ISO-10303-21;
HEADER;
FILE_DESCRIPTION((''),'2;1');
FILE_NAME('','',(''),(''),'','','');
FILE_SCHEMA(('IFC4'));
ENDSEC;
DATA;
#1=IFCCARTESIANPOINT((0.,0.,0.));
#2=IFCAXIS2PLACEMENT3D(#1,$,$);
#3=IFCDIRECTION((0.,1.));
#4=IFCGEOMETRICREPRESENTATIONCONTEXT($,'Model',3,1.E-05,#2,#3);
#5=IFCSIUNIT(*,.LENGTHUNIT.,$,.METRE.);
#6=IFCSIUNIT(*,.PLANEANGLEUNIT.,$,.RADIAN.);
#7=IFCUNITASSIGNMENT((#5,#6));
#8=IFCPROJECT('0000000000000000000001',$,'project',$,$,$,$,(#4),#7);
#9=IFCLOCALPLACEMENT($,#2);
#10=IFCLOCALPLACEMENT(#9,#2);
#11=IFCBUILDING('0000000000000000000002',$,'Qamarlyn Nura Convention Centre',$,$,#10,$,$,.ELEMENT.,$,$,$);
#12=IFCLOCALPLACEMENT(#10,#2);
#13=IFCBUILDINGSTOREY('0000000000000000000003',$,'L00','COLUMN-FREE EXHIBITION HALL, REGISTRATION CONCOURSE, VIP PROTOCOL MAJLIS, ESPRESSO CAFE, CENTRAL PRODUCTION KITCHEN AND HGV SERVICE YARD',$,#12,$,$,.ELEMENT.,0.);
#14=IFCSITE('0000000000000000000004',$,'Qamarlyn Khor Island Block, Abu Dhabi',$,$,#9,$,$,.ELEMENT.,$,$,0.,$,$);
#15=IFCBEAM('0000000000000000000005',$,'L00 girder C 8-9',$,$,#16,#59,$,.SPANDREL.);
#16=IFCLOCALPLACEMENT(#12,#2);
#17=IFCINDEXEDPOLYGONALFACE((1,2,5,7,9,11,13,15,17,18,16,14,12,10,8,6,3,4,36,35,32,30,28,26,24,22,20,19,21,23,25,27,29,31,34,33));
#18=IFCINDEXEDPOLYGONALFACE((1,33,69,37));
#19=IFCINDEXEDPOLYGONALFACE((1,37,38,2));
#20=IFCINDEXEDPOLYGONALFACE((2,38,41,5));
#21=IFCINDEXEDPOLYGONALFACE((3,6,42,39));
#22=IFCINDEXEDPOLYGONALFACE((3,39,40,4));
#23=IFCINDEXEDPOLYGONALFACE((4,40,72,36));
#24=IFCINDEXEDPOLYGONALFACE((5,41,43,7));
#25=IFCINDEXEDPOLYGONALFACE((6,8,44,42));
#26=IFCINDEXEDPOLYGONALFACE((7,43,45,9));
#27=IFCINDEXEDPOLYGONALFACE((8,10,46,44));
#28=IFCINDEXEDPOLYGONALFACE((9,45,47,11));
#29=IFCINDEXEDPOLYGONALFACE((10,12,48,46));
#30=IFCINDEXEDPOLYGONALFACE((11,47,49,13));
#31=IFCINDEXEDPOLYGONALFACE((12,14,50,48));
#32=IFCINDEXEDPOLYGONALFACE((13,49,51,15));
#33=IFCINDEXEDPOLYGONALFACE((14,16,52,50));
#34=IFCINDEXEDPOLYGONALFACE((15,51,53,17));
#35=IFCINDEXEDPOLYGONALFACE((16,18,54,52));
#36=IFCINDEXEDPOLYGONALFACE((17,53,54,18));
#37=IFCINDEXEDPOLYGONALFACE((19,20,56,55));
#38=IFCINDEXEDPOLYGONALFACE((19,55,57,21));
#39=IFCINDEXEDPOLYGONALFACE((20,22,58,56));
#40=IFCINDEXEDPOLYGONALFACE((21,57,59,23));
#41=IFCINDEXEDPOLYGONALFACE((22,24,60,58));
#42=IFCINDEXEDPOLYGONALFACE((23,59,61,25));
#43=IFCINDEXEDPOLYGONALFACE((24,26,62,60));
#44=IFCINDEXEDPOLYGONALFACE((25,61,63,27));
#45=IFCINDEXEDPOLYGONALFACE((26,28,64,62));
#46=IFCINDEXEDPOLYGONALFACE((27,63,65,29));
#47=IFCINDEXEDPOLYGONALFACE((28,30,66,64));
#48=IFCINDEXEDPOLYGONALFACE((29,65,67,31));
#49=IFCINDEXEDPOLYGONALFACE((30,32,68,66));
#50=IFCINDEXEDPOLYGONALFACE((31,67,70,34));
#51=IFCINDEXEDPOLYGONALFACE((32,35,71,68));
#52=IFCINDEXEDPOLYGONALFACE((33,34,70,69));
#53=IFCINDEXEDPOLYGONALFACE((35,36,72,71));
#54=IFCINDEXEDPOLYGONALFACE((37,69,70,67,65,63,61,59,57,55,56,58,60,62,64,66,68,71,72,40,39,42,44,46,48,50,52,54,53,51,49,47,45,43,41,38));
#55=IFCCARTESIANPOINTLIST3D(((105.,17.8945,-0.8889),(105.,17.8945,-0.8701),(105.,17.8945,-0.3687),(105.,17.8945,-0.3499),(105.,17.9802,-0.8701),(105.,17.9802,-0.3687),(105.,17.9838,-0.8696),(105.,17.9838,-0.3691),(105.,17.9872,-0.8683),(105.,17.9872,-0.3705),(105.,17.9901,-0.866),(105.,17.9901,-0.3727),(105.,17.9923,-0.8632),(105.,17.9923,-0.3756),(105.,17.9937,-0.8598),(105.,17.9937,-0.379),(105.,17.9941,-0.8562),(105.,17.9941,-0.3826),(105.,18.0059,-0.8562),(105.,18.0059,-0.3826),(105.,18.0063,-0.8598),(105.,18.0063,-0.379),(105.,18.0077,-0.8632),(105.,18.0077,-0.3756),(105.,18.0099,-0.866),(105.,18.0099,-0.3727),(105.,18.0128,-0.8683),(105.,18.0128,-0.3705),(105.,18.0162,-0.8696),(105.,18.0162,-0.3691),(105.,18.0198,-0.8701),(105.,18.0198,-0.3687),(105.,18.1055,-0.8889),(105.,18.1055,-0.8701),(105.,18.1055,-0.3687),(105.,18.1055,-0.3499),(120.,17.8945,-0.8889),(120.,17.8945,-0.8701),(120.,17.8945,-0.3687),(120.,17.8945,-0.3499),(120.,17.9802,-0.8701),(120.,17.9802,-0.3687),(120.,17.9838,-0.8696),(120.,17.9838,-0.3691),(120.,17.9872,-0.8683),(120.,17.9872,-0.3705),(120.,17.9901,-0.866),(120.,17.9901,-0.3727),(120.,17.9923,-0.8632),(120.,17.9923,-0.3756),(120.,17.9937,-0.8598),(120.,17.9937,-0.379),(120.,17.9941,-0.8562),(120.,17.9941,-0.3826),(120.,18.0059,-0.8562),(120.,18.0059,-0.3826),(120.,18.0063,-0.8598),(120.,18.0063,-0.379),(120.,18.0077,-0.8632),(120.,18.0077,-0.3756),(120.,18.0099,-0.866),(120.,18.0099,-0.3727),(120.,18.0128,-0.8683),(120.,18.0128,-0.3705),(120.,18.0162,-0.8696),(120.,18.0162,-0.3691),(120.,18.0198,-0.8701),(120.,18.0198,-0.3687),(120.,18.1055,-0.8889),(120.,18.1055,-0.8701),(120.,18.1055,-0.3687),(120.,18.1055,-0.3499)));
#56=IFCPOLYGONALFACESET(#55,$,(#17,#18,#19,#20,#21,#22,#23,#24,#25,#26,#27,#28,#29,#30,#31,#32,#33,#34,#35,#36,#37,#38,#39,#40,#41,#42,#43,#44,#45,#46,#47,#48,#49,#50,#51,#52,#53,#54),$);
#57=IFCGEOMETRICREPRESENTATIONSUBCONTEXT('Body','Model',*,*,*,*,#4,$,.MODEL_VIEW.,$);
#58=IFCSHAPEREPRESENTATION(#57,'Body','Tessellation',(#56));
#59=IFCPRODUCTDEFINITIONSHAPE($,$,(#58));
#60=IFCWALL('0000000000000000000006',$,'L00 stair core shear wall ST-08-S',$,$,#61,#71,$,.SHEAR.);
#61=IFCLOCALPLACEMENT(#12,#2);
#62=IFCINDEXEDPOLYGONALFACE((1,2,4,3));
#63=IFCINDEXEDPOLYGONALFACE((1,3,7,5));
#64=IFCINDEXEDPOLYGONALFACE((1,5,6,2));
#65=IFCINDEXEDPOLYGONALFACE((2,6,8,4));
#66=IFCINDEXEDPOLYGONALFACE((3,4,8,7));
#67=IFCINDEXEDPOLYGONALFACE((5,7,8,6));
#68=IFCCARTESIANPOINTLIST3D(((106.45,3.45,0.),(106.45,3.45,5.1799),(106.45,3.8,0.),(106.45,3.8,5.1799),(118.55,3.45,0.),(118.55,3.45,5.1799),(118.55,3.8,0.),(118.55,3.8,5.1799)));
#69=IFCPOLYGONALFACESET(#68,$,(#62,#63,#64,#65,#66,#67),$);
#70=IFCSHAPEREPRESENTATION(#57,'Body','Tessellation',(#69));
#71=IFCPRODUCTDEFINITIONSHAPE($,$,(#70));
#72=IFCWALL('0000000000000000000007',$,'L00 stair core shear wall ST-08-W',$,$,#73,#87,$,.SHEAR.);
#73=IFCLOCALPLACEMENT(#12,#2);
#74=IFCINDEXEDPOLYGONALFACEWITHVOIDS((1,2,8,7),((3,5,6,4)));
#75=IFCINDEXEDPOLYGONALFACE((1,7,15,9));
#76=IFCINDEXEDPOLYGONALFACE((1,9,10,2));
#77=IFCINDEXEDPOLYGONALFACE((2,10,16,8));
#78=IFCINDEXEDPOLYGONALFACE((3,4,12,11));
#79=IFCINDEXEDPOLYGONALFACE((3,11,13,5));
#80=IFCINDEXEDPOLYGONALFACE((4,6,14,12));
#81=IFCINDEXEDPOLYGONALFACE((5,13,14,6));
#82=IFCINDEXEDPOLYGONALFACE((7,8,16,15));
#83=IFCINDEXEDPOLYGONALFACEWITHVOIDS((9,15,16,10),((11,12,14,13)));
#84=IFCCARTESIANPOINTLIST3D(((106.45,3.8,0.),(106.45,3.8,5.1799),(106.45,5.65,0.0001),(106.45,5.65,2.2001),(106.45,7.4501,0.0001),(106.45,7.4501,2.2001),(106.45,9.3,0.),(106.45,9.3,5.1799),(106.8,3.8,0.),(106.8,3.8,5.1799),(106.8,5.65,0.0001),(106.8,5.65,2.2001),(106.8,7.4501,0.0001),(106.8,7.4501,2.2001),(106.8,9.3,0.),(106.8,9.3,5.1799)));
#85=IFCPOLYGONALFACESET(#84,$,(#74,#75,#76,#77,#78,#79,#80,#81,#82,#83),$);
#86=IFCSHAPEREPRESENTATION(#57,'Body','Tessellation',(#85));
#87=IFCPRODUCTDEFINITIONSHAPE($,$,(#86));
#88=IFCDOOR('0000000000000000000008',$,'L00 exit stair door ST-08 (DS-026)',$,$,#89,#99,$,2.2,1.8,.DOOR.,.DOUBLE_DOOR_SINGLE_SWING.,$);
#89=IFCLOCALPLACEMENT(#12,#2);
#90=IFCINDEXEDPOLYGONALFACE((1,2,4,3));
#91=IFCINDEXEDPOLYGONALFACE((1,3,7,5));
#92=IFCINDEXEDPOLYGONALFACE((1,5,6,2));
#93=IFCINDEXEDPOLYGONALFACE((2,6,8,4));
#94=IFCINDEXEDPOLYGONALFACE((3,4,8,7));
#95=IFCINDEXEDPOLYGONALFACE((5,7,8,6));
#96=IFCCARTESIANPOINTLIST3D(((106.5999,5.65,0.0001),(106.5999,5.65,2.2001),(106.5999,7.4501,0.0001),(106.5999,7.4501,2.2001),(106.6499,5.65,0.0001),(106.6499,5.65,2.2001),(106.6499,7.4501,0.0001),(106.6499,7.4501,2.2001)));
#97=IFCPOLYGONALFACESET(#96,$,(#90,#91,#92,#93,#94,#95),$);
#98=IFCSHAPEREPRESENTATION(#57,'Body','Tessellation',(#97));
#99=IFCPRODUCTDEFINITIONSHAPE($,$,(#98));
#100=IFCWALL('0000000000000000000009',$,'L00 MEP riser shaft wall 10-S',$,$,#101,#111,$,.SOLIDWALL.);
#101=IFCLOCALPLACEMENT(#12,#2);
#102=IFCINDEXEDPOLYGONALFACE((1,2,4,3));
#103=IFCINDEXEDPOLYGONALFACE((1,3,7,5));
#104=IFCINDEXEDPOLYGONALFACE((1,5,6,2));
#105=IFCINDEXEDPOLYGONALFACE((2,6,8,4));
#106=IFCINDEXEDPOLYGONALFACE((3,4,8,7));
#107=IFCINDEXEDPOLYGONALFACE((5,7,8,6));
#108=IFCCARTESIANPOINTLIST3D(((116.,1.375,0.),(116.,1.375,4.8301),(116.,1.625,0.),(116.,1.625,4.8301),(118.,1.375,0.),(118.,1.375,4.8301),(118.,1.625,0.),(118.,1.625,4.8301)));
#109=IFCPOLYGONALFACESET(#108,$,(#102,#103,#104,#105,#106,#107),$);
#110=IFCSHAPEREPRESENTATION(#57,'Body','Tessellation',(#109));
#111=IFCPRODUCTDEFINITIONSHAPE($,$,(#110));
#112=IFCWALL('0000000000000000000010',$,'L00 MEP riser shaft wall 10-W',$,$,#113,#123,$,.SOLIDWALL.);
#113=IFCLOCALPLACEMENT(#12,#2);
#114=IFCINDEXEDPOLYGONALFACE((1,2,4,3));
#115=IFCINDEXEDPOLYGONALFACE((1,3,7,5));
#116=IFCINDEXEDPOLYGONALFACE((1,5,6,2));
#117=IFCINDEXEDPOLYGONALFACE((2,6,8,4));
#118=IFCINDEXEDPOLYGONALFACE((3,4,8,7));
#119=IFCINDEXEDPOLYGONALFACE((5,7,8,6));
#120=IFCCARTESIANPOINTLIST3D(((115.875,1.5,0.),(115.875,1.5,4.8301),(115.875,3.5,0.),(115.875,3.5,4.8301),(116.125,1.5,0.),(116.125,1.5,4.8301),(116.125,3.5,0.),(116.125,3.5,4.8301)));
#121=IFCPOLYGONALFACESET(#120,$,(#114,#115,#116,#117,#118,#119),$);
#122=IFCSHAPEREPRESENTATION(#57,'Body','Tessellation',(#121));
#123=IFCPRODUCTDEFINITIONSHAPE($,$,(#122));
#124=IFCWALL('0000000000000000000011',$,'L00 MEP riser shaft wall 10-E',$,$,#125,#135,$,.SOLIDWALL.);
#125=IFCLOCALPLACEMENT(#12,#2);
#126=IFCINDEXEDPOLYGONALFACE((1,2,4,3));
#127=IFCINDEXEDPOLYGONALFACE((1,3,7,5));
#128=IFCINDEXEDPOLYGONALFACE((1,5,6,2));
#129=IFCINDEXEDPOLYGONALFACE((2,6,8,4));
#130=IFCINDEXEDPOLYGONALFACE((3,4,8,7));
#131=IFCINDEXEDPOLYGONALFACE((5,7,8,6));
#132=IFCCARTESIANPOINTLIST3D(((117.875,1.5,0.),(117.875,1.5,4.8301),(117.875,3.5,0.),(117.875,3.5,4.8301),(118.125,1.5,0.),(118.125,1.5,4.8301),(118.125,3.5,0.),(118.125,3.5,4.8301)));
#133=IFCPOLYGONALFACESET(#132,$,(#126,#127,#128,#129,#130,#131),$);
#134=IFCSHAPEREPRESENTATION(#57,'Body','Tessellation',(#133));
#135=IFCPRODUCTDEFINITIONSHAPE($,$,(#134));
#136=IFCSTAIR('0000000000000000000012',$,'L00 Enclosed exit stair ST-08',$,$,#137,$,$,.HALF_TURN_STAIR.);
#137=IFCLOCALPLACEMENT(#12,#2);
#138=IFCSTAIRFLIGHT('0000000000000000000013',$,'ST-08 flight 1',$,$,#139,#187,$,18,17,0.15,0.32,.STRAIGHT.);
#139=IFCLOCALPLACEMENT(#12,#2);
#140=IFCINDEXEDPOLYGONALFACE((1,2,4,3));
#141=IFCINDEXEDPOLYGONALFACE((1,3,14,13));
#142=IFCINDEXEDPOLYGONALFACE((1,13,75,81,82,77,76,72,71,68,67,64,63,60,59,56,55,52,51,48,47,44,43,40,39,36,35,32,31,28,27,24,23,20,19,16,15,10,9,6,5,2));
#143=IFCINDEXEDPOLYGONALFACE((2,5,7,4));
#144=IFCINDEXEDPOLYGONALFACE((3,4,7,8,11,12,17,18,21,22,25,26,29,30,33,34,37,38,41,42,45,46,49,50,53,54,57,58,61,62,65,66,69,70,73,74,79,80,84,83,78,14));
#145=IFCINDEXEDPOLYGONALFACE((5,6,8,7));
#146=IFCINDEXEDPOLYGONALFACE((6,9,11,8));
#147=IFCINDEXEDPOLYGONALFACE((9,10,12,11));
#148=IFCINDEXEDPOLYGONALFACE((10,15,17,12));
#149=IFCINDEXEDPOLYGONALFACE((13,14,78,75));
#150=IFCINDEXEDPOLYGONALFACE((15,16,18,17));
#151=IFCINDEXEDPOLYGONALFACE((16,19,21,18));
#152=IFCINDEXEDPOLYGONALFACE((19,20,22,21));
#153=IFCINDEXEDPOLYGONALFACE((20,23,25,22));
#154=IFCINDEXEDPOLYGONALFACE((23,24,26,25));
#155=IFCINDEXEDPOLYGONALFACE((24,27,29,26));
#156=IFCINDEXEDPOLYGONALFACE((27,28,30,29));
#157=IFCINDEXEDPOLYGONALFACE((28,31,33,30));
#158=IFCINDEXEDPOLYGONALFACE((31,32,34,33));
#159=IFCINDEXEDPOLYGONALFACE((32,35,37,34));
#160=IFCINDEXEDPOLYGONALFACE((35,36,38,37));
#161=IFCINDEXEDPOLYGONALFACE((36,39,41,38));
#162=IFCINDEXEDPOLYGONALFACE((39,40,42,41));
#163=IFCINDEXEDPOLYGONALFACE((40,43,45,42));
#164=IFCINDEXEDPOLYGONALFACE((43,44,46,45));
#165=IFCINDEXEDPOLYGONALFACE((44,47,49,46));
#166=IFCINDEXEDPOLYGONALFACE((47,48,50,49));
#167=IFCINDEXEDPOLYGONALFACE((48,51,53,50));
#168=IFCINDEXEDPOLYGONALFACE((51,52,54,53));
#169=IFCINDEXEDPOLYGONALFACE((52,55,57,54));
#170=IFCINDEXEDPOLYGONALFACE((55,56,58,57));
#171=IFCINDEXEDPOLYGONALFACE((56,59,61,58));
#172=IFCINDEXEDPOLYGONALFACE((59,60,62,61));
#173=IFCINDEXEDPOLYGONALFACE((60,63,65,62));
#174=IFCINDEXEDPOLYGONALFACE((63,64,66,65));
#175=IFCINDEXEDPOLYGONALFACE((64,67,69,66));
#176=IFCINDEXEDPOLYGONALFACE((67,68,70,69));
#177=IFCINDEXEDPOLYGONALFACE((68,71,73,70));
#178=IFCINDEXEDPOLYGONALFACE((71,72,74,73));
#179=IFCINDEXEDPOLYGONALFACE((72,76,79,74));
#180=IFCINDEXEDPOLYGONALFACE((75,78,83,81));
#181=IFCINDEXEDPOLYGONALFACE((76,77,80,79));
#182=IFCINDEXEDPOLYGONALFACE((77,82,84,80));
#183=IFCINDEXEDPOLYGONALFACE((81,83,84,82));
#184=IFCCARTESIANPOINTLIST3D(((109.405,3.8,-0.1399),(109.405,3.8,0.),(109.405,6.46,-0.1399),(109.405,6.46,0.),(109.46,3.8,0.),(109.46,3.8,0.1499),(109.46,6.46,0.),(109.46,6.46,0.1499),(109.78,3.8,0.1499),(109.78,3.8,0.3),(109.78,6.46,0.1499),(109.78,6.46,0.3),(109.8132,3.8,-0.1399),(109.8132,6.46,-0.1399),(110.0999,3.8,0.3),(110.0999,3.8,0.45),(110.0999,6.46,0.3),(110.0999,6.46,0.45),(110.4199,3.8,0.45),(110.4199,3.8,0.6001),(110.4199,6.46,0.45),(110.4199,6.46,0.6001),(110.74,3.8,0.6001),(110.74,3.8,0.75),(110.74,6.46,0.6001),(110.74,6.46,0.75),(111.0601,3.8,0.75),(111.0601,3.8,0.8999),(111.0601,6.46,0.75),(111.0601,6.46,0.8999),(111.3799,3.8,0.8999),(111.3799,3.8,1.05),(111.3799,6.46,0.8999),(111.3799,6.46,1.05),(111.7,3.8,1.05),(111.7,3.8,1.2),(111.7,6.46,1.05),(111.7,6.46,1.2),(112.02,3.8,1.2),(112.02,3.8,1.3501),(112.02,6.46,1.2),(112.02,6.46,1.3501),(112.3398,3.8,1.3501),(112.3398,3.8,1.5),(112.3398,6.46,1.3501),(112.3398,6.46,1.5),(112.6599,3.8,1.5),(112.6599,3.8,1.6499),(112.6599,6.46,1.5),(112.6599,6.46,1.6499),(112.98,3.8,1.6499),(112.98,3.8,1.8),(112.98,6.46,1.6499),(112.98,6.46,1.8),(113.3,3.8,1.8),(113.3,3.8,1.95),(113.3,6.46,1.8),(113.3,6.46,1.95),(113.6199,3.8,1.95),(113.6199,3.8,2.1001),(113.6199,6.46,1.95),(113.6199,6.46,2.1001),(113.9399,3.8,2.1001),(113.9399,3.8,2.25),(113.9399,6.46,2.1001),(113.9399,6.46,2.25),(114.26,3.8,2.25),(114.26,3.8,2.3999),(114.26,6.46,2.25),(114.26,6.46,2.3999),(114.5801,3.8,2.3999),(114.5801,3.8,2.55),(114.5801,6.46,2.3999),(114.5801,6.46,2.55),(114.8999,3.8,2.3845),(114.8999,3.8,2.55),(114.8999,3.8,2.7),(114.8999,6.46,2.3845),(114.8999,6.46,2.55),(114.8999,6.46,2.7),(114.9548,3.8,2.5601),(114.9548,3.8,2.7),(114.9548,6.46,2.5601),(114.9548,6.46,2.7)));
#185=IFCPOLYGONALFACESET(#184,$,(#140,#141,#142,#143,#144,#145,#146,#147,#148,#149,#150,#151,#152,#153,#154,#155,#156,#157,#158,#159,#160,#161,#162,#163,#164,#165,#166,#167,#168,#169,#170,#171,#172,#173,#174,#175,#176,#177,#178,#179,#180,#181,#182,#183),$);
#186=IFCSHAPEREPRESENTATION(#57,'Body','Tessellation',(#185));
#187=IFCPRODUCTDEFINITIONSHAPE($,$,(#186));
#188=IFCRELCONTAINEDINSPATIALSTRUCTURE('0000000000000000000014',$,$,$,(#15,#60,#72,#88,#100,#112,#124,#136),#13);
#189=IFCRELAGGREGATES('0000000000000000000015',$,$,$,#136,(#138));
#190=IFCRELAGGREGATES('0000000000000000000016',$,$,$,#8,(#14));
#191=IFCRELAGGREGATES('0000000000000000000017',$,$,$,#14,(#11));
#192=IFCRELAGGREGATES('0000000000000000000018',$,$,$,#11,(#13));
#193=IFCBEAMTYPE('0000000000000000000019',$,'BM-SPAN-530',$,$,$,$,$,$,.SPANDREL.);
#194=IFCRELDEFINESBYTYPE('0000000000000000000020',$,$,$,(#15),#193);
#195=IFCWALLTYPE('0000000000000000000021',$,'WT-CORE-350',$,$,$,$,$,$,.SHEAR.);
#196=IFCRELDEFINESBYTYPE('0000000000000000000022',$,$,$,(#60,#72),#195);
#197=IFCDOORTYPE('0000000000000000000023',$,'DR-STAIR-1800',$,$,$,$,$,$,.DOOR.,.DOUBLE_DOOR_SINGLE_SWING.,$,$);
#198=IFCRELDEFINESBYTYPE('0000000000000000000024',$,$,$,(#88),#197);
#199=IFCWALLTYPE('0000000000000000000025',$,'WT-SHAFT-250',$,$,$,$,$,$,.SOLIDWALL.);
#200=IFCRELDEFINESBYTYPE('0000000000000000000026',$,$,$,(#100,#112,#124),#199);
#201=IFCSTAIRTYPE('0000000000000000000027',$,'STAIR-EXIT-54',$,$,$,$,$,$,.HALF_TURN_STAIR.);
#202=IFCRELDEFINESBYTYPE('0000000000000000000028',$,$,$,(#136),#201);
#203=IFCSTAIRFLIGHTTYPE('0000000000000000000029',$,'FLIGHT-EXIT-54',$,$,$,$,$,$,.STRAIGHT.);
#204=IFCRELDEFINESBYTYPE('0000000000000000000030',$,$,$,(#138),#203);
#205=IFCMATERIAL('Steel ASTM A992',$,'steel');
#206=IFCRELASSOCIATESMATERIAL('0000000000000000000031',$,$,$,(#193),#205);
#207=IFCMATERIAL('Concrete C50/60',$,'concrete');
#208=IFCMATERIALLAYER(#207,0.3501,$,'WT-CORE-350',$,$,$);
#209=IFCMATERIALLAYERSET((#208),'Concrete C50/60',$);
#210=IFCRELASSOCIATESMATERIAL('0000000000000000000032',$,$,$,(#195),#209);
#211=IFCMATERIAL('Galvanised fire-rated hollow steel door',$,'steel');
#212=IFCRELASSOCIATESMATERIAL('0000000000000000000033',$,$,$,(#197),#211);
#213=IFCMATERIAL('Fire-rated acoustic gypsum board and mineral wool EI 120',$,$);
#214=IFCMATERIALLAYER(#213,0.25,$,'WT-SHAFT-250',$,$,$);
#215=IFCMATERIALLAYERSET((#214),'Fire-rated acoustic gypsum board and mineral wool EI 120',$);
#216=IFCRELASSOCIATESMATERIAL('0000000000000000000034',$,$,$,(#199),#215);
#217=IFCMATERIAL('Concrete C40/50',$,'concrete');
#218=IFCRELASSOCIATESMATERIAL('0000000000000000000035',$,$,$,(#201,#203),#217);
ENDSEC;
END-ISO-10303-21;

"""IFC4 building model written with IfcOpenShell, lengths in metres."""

from ifc_helpers import new_model, si_unit, direction, frame, frame_2d, origin, origin_2d, place, context, subcontext, project, spatial, polyline, rectangle, i_section, outline, extrude, material, layer, layer_set, material_profile, profile_set, type_object, element, fill, aggregate, save


model = new_model("IFC4")

# Units and contexts
model_context = context("Model", 3, precision=1e-05, world=origin(), true_north=direction((0.0, 1.0)))
body_context = subcontext(model_context, "Body", "Model", "MODEL_VIEW")
ifc_project = project(units=[si_unit("LENGTHUNIT", "METRE"), si_unit("PLANEANGLEUNIT", "RADIAN")], contexts=[model_context])

# Site, building, storey
site_placement = place(None, origin())
site = spatial("IfcSite", under=ifc_project, at=site_placement, Name="Qamarlyn Khor Island Block, Abu Dhabi", CompositionType="ELEMENT", RefElevation=0.0)
building_placement = place(site_placement, origin())
building = spatial("IfcBuilding", under=site, at=building_placement, Name="Qamarlyn Nura Convention Centre", CompositionType="ELEMENT")
storey_placement = place(building_placement, origin())
storey = spatial("IfcBuildingStorey", under=building, at=storey_placement, Name="L00", Description="COLUMN-FREE EXHIBITION HALL, REGISTRATION CONCOURSE, VIP PROTOCOL MAJLIS, ESPRESSO CAFE, CENTRAL PRODUCTION KITCHEN AND HGV SERVICE YARD", CompositionType="ELEMENT", Elevation=0.0)

# Shared definitions
ifc_material_1 = material(Name="Steel ASTM A992", Category="steel")

# Beam
ifc_material_profile_1 = material_profile(ifc_material_1, i_section(OverallWidth=0.2109, OverallDepth=0.5391, WebThickness=0.0117, FlangeThickness=0.0188, FilletRadius=0.0139, at=origin_2d()), Name="W530X109")
ifc_profile_set_1 = profile_set([ifc_material_profile_1], Name="Steel ASTM A992")
beam_type_1 = type_object("IfcBeamType", Name="BM-SPAN-530", PredefinedType="SPANDREL", material=ifc_profile_set_1)
beam_1_placement = place(storey_placement, frame((105.0, 18.0, -0.6194), z_axis=(1.0, 0.0, 0.0), x_axis=(0.0, 1.0, 0.0)))
element("IfcBeam", 1, at=beam_1_placement, inside=storey, type_object=beam_type_1, Name="L00 girder C 8-9", PredefinedType="SPANDREL", context=body_context, shape_type="SweptSolid", body=[
    extrude(i_section(OverallWidth=0.2109, OverallDepth=0.5391, WebThickness=0.0117, FlangeThickness=0.0188, FilletRadius=0.0139, at=origin_2d()), origin(), (0.0, 0.0, 1.0), 15.0),
])

# Wall
ifc_material_2 = material(Name="Concrete C50/60", Category="concrete")
ifc_layer_1 = layer(ifc_material_2, 0.3501, Name="WT-CORE-350")
ifc_layer_set_1 = layer_set([ifc_layer_1], Name="Concrete C50/60")
wall_type_1 = type_object("IfcWallType", Name="WT-CORE-350", PredefinedType="SHEAR", material=ifc_layer_set_1)
wall_1_placement = place(storey_placement, frame((106.45, 3.625, 0.0), z_axis=(0.0, 0.0, 1.0), x_axis=(1.0, 0.0, 0.0)))
element("IfcWall", 2, at=wall_1_placement, inside=storey, type_object=wall_type_1, Name="L00 stair core shear wall ST-08-S", PredefinedType="SHEAR", context=body_context, shape_type="SweptSolid", body=[
    extrude(rectangle(XDim=12.1001, YDim=0.3501, at=frame_2d((6.05, 0.0))), origin(), (0.0, 0.0, 1.0), 5.1799),
])

# Wall, opening, door
wall_2_placement = place(storey_placement, frame((106.625, 9.3, 0.0), z_axis=(0.0, 0.0, 1.0), x_axis=(0.0, -1.0, 0.0)))
wall_2 = element("IfcWall", 3, at=wall_2_placement, inside=storey, type_object=wall_type_1, Name="L00 stair core shear wall ST-08-W", PredefinedType="SHEAR", context=body_context, shape_type="SweptSolid", body=[
    extrude(rectangle(XDim=5.5, YDim=0.3501, at=frame_2d((2.75, 0.0))), origin(), (0.0, 0.0, 1.0), 5.1799),
])
opening_placement = place(wall_2_placement, frame((1.8501, 0.0, 0.0)))
opening = element("IfcOpeningElement", 4, at=opening_placement, cuts=wall_2, PredefinedType="OPENING", context=body_context, shape_type="SweptSolid", body=[
    extrude(rectangle(XDim=1.8, YDim=2.2, at=frame_2d((0.8999, 1.1001))), frame((0.0, 0.1851, 0.0), z_axis=(0.0, -1.0, 0.0), x_axis=(1.0, 0.0, 0.0)), (0.0, 0.0, 1.0), 0.3701),
])
ifc_material_3 = material(Name="Galvanised fire-rated hollow steel door", Category="steel")
door_type = type_object("IfcDoorType", Name="DR-STAIR-1800", OperationType="DOUBLE_DOOR_SINGLE_SWING", PredefinedType="DOOR", material=ifc_material_3)
door_placement = place(opening_placement, origin())
door = element("IfcDoor", 5, at=door_placement, inside=storey, type_object=door_type, Name="L00 exit stair door ST-08 (DS-026)", OperationType="DOUBLE_DOOR_SINGLE_SWING", OverallHeight=2.2, OverallWidth=1.8, PredefinedType="DOOR", context=body_context, shape_type="SweptSolid", body=[
    extrude(rectangle(XDim=1.8, YDim=2.2, at=frame_2d((0.8999, 1.1001))), frame((0.0, 0.0249, 0.0), z_axis=(0.0, -1.0, 0.0), x_axis=(1.0, 0.0, 0.0)), (0.0, 0.0, 1.0), 0.05),
])
fill(opening, door)

# Walls
ifc_material_4 = material(Name="Fire-rated acoustic gypsum board and mineral wool EI 120")
ifc_layer_2 = layer(ifc_material_4, 0.25, Name="WT-SHAFT-250")
ifc_layer_set_2 = layer_set([ifc_layer_2], Name="Fire-rated acoustic gypsum board and mineral wool EI 120")
wall_type_2 = type_object("IfcWallType", Name="WT-SHAFT-250", PredefinedType="SOLIDWALL", material=ifc_layer_set_2)
for number, where, z_axis, x_axis, name in (
    (6, (116.0, 1.5, 0.0), (0.0, 0.0, 1.0), (1.0, 0.0, 0.0), "L00 MEP riser shaft wall 10-S"),
    (7, (116.0, 3.5, 0.0), (0.0, 0.0, 1.0), (0.0, -1.0, 0.0), "L00 MEP riser shaft wall 10-W"),
    (8, (118.0, 1.5, 0.0), (0.0, 0.0, 1.0), (0.0, 1.0, 0.0), "L00 MEP riser shaft wall 10-E"),
):
    element("IfcWall", number, at=place(storey_placement, frame(where, z_axis=z_axis, x_axis=x_axis)), inside=storey, type_object=wall_type_2, Name=name, PredefinedType="SOLIDWALL", context=body_context, shape_type="SweptSolid", body=[
        extrude(rectangle(XDim=2.0, YDim=0.25, at=frame_2d((1.0, 0.0))), origin(), (0.0, 0.0, 1.0), 4.8301),
    ])

# Stair, stair flight
ifc_material_5 = material(Name="Concrete C40/50", Category="concrete")
stair_type = type_object("IfcStairType", Name="STAIR-EXIT-54", PredefinedType="HALF_TURN_STAIR", material=ifc_material_5)
stair_placement = place(storey_placement, origin())
stair = element("IfcStair", 9, at=stair_placement, inside=storey, type_object=stair_type, Name="L00 Enclosed exit stair ST-08", PredefinedType="HALF_TURN_STAIR")
stair_flight_type = type_object("IfcStairFlightType", Name="FLIGHT-EXIT-54", PredefinedType="STRAIGHT", material=ifc_material_5)
stair_flight_1_placement = place(storey_placement, frame((109.46, 5.1299, 0.0), z_axis=(0.0, 0.0, 1.0), x_axis=(1.0, 0.0, 0.0)))
stair_flight_1 = element("IfcStairFlight", 10, at=stair_flight_1_placement, type_object=stair_flight_type, Name="ST-08 flight 1", NumberOfRisers=18, NumberOfTreads=17, PredefinedType="STRAIGHT", RiserHeight=0.15, TreadLength=0.32, context=body_context, shape_type="SweptSolid", body=[
    extrude(outline(polyline([(-0.0549, 0.0), (0.0, 0.0), (0.0, 0.1499), (0.3201, 0.1499), (0.3201, 0.3), (0.6399, 0.3), (0.6399, 0.45), (0.96, 0.45), (0.96, 0.6001), (1.28, 0.6001), (1.28, 0.75), (1.6001, 0.75), (1.6001, 0.8999), (1.9199, 0.8999), (1.9199, 1.05), (2.24, 1.05), (2.24, 1.2), (2.5601, 1.2), (2.5601, 1.3501), (2.8799, 1.3501), (2.8799, 1.5), (3.2, 1.5), (3.2, 1.6499), (3.52, 1.6499), (3.52, 1.8), (3.8401, 1.8), (3.8401, 1.95), (4.1599, 1.95), (4.1599, 2.1001), (4.48, 2.1001), (4.48, 2.25), (4.8, 2.25), (4.8, 2.3999), (5.1201, 2.3999), (5.1201, 2.55), (5.4399, 2.55), (5.4399, 2.7), (5.4949, 2.7), (5.4949, 2.5601), (5.4399, 2.3845), (0.3533, -0.1399), (-0.0549, -0.1399), (-0.0549, 0.0)])), frame((0.0, 1.3301, 0.0), z_axis=(0.0, -1.0, 0.0), x_axis=(1.0, 0.0, 0.0)), (0.0, 0.0, 1.0), 2.6599),
])
aggregate(stair, [stair_flight_1])

save(model, "model.ifc")
